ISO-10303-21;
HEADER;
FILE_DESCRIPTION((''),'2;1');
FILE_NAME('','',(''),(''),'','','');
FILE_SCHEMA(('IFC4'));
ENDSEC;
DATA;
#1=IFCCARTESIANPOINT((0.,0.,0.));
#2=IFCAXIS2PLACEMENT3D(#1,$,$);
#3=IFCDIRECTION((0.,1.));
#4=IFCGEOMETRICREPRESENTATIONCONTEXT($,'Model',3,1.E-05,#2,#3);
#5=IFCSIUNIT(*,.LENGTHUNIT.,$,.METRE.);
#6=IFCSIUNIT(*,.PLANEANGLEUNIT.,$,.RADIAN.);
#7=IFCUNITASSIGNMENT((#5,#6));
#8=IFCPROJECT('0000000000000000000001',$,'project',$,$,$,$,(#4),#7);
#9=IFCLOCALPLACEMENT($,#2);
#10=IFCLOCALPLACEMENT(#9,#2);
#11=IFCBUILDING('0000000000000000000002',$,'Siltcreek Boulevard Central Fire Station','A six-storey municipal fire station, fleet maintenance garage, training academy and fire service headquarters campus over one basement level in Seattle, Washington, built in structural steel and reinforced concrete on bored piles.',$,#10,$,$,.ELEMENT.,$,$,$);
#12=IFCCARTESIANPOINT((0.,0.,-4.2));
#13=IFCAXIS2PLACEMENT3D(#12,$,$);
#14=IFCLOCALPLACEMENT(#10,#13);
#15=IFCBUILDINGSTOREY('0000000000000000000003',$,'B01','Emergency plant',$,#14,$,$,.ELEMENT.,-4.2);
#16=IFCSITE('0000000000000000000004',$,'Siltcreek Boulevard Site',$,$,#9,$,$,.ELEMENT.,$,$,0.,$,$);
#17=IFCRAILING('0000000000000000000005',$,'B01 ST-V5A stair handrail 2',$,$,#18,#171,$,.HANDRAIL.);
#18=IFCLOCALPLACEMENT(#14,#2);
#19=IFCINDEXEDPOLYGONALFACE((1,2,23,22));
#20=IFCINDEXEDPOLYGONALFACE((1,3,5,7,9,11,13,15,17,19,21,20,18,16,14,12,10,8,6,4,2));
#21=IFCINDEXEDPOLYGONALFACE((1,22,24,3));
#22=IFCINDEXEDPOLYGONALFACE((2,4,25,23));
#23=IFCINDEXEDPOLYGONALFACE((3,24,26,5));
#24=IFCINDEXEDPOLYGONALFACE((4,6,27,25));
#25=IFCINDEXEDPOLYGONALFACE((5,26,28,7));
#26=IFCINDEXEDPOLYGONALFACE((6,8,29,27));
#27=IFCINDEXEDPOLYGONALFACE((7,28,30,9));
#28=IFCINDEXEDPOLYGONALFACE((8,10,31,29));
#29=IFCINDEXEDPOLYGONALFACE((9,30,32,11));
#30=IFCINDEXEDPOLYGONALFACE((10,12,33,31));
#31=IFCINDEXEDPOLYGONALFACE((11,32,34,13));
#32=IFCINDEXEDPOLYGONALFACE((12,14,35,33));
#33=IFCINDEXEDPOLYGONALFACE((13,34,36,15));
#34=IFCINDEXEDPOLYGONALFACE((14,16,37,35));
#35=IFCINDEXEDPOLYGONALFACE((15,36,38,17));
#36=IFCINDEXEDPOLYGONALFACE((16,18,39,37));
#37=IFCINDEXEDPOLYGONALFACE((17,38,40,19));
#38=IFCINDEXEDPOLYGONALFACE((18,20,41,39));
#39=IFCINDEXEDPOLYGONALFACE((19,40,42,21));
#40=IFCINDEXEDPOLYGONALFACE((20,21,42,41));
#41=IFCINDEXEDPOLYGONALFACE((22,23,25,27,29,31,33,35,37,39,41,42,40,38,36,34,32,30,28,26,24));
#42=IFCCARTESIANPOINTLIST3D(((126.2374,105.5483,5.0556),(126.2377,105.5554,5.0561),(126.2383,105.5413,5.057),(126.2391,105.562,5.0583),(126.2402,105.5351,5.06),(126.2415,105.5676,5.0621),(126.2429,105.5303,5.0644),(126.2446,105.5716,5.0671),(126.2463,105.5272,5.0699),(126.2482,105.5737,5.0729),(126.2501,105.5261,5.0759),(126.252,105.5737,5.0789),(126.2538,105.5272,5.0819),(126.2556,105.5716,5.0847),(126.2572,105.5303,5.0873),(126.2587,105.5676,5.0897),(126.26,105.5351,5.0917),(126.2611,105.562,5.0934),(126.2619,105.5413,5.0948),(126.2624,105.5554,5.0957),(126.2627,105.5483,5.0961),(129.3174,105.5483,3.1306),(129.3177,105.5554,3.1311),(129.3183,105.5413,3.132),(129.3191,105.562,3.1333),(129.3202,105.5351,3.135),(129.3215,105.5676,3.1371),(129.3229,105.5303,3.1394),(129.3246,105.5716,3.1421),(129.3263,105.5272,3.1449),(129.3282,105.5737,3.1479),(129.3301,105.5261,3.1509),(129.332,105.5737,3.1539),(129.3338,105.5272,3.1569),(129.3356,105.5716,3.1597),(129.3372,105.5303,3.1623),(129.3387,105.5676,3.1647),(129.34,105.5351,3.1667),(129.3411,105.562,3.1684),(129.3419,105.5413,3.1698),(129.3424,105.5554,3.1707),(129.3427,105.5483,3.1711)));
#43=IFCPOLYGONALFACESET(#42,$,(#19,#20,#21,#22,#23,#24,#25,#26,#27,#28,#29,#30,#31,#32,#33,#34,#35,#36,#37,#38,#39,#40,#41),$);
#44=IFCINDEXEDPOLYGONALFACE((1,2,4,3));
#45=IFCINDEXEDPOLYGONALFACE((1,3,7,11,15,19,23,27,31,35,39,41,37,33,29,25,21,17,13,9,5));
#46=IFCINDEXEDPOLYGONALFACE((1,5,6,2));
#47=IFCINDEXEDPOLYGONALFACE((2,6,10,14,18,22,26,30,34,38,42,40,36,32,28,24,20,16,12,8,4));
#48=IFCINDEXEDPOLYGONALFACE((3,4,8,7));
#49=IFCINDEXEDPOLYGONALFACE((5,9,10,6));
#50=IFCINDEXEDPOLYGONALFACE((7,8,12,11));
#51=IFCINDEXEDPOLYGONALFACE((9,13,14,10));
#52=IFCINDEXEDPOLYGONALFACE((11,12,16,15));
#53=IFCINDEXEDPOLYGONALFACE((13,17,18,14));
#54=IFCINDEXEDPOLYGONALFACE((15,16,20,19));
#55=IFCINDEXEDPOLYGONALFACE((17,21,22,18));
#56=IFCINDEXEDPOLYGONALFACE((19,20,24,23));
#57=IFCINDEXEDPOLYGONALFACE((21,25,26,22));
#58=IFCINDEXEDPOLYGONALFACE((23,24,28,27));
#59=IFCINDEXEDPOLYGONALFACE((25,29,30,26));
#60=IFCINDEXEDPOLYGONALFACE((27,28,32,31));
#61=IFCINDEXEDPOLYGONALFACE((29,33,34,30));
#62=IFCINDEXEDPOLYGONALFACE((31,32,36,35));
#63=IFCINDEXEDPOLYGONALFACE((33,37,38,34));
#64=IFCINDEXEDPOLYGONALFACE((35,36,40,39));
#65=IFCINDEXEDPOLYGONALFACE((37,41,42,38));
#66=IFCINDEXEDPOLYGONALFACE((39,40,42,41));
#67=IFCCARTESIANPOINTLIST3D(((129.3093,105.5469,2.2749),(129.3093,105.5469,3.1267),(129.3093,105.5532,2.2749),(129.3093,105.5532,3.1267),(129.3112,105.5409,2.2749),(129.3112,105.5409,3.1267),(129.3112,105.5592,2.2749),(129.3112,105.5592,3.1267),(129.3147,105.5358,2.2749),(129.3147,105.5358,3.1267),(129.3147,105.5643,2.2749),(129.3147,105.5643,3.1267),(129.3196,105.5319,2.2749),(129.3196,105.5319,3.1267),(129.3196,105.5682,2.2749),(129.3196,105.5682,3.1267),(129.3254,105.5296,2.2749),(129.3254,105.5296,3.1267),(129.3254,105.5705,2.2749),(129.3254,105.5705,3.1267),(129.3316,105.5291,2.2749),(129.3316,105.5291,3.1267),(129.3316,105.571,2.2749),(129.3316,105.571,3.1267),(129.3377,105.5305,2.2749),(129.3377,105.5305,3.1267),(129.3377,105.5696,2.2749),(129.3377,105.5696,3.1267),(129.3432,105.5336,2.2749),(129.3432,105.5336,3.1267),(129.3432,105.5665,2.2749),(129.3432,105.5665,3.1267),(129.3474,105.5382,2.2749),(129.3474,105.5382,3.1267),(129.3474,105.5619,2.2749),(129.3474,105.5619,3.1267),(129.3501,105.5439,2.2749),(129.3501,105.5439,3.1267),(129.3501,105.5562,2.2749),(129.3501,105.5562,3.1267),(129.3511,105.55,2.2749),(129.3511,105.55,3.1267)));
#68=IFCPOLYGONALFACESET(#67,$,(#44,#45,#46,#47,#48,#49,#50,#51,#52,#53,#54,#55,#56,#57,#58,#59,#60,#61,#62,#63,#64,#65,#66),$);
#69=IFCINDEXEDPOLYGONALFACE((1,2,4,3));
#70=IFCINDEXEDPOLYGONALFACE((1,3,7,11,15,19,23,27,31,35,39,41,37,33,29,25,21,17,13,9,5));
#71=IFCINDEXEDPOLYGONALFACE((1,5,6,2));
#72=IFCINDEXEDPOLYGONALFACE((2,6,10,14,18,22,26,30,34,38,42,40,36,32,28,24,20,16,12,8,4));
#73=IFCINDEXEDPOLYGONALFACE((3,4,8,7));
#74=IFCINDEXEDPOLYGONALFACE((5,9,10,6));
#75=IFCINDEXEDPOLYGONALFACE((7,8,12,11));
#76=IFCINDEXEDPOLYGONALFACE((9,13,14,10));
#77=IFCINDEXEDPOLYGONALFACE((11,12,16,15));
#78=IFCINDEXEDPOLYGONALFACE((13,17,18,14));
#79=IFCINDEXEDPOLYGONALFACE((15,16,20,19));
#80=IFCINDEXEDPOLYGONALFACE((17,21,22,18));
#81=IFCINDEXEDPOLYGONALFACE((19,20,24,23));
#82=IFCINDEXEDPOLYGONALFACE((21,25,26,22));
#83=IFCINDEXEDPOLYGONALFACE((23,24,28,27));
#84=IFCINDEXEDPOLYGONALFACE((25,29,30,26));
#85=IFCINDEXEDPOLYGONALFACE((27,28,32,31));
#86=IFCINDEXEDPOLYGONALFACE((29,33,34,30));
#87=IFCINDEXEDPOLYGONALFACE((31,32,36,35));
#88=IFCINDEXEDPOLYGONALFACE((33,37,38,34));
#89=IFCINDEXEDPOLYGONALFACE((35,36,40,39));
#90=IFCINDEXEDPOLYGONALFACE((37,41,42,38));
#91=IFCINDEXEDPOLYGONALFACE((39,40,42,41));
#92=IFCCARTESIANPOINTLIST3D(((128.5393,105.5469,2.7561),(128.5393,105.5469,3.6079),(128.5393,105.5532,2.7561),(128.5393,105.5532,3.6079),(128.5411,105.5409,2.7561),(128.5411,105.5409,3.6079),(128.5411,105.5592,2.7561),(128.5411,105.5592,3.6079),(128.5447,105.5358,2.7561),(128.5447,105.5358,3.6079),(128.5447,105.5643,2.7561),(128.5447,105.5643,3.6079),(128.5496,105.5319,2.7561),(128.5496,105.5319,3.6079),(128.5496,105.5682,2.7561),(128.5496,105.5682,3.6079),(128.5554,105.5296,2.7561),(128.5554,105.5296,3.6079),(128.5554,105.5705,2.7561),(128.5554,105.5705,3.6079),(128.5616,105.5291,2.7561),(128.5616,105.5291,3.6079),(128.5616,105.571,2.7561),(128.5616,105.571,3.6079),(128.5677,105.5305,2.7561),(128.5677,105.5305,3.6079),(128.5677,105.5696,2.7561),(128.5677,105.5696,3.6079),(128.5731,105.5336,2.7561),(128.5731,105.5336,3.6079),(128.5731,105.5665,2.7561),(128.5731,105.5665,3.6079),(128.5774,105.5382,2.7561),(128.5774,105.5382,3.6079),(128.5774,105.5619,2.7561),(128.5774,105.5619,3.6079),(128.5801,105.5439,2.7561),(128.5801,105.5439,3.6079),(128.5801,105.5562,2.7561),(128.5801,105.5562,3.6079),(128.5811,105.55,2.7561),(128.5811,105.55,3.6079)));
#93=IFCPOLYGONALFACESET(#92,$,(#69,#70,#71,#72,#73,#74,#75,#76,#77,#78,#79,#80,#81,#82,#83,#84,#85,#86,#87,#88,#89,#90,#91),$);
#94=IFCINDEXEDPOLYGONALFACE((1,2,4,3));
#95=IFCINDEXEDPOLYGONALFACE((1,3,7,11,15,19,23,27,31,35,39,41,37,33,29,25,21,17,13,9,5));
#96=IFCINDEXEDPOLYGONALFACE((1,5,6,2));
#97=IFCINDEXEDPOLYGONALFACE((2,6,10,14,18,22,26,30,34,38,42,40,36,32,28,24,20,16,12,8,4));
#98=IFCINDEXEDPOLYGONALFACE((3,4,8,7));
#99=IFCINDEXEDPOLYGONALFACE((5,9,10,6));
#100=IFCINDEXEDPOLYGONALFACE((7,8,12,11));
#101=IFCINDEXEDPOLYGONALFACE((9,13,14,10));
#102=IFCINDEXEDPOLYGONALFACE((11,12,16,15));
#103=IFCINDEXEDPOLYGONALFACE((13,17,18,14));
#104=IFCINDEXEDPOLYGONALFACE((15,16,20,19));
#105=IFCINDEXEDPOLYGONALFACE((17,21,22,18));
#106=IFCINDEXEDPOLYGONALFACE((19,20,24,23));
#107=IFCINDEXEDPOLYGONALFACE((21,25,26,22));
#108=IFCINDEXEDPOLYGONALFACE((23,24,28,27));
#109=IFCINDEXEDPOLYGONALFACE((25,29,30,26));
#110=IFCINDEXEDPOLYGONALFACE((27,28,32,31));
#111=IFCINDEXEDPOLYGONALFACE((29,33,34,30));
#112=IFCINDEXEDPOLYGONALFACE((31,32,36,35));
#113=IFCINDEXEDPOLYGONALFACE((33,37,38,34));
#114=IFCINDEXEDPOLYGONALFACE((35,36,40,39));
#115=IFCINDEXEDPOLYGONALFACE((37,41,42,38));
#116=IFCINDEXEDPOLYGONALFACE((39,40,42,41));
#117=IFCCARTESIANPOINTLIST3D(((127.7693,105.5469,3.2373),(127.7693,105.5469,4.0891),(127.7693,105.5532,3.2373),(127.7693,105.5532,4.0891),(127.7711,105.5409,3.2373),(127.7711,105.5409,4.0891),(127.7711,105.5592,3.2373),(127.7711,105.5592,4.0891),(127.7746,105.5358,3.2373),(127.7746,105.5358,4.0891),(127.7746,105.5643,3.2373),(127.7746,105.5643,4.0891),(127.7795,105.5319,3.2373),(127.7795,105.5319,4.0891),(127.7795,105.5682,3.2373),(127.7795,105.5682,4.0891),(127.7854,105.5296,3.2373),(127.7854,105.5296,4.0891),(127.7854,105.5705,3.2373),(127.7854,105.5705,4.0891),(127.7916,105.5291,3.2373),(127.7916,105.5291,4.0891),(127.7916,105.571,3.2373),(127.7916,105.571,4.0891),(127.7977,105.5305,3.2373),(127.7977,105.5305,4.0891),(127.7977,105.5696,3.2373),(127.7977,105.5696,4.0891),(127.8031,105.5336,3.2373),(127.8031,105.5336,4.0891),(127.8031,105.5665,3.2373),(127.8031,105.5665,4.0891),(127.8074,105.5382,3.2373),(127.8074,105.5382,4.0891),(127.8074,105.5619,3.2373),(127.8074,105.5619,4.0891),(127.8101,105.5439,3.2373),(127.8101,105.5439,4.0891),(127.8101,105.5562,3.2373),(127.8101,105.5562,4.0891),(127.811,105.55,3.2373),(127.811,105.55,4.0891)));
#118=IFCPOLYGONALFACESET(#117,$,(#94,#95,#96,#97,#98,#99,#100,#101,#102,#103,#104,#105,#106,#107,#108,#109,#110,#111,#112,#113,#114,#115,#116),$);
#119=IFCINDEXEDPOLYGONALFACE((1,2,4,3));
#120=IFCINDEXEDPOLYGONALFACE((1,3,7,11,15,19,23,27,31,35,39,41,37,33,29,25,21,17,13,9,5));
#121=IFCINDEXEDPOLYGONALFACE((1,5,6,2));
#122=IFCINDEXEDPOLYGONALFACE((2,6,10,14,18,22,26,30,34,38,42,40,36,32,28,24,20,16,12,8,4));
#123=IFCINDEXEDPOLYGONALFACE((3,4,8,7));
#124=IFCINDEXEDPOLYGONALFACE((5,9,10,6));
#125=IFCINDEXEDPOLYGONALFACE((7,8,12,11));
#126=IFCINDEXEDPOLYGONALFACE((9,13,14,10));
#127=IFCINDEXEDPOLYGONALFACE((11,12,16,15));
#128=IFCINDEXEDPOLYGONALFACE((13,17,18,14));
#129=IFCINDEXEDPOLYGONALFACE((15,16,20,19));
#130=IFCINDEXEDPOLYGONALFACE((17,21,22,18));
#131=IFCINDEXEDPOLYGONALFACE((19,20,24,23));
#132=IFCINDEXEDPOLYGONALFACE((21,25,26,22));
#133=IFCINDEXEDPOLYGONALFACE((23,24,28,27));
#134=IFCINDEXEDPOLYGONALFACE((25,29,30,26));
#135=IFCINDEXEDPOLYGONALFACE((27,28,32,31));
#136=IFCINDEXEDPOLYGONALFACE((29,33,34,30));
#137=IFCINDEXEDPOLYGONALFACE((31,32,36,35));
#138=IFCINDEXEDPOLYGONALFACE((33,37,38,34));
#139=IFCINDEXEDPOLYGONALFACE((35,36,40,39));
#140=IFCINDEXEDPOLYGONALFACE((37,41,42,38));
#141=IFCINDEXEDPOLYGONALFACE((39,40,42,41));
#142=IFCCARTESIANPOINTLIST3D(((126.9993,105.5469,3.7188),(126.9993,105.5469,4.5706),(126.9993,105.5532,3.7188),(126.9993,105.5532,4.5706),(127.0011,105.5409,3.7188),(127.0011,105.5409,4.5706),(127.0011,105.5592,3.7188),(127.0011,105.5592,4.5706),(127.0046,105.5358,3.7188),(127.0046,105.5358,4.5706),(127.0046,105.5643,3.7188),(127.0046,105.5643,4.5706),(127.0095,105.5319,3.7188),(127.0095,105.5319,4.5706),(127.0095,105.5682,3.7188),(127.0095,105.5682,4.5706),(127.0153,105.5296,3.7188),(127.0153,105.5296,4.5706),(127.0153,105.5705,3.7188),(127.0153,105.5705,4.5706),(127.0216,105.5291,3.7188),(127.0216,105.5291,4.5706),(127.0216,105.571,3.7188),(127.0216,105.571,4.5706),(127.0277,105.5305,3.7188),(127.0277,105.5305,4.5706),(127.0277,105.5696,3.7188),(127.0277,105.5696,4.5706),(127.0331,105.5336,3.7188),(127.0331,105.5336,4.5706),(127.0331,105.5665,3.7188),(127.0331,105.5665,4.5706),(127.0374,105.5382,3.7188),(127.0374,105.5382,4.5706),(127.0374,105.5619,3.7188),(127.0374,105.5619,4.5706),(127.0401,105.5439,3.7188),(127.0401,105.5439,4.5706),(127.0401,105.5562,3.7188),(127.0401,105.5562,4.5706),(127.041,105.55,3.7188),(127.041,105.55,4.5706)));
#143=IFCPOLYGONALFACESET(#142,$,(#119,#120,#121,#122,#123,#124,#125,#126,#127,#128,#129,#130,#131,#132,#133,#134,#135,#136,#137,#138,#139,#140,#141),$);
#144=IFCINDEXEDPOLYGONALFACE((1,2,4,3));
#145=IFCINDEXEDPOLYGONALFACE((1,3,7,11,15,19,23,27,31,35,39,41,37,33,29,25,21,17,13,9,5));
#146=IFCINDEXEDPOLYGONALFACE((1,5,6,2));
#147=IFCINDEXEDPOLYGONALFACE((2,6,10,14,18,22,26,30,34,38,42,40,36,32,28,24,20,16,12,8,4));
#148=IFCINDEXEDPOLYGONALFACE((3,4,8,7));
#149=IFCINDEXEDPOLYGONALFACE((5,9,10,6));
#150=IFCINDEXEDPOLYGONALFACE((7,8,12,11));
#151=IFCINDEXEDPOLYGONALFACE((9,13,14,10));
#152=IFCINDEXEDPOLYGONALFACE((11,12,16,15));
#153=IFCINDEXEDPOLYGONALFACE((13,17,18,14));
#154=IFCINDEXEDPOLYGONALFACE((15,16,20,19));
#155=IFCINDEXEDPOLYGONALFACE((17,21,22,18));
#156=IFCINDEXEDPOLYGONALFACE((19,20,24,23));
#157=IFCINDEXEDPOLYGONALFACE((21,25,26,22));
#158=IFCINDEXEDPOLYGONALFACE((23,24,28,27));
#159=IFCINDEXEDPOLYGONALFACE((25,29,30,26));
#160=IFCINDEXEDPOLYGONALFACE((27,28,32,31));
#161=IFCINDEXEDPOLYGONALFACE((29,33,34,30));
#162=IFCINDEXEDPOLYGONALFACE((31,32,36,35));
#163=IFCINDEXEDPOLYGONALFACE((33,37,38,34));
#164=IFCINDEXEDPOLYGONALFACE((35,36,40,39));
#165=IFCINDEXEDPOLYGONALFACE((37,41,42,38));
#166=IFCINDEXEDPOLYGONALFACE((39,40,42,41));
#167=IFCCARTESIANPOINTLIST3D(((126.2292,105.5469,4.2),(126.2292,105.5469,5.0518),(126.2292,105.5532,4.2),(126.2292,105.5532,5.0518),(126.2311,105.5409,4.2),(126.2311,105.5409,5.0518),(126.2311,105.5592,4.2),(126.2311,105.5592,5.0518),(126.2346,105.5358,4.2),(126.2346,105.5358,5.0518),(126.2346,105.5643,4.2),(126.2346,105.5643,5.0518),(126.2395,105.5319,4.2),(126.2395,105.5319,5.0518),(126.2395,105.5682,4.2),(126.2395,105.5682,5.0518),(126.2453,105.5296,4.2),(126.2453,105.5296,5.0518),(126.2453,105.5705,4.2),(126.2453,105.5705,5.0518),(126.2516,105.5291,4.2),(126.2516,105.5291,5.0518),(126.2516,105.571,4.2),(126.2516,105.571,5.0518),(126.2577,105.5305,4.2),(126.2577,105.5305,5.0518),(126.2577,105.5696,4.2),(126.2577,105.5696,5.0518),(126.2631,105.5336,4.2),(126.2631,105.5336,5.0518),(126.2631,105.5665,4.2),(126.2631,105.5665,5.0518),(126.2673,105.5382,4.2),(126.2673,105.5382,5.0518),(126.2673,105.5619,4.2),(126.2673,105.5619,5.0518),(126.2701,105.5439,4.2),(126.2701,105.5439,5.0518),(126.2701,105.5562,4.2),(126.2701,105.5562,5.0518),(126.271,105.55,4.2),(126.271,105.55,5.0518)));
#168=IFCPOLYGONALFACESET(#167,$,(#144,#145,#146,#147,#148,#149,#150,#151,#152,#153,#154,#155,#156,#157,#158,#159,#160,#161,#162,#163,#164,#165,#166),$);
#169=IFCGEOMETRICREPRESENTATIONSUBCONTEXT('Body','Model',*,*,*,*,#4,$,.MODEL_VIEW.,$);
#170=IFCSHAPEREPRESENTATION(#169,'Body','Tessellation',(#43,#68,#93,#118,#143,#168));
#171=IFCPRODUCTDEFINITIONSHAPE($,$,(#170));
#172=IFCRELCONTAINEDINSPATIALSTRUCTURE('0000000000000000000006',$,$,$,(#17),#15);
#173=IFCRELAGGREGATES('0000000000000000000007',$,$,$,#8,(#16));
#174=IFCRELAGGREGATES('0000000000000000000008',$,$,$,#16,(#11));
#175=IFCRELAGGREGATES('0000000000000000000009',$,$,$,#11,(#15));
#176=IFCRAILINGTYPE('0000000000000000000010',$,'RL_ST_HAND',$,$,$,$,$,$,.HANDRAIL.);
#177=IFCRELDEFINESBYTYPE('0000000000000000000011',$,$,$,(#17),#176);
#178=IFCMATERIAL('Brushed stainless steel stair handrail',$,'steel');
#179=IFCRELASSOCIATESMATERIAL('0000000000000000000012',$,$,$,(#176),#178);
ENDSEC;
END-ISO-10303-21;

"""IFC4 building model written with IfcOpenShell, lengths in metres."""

from ifc_helpers import new_model, si_unit, direction, frame, origin, origin_2d, place, context, subcontext, project, spatial, circle, extrude, material, type_object, element, save


model = new_model("IFC4")

# Units and contexts
model_context = context("Model", 3, precision=1e-05, world=origin(), true_north=direction((0.0, 1.0)))
body_context = subcontext(model_context, "Body", "Model", "MODEL_VIEW")
ifc_project = project(units=[si_unit("LENGTHUNIT", "METRE"), si_unit("PLANEANGLEUNIT", "RADIAN")], contexts=[model_context])

# Site, building, storey
site_placement = place(None, origin())
site = spatial("IfcSite", under=ifc_project, at=site_placement, Name="Siltcreek Boulevard Site", CompositionType="ELEMENT", RefElevation=0.0)
building_placement = place(site_placement, origin())
building = spatial("IfcBuilding", under=site, at=building_placement, Name="Siltcreek Boulevard Central Fire Station", Description="A six-storey municipal fire station, fleet maintenance garage, training academy and fire service headquarters campus over one basement level in Seattle, Washington, built in structural steel and reinforced concrete on bored piles.", CompositionType="ELEMENT")
storey_placement = place(building_placement, frame((0.0, 0.0, -4.2)))
storey = spatial("IfcBuildingStorey", under=building, at=storey_placement, Name="B01", Description="Emergency plant", CompositionType="ELEMENT", Elevation=-4.2)

# Railing
ifc_material_1 = material(Name="Brushed stainless steel stair handrail", Category="steel")
railing_type_1 = type_object("IfcRailingType", Name="RL_ST_HAND", PredefinedType="HANDRAIL", material=ifc_material_1)
railing_1_placement = place(storey_placement, frame((129.3301, 105.55, 2.2749)))
element("IfcRailing", 1, at=railing_1_placement, inside=storey, type_object=railing_type_1, Name="B01 ST-V5A stair handrail 2", PredefinedType="HANDRAIL", context=body_context, shape_type="SweptSolid", body=[
    extrude(circle(Radius=0.0239, at=origin_2d()), frame((0.0, 0.0, 0.876), z_axis=(-0.847998, 0.0, 0.529999), x_axis=(0.0, -1.0, 0.0)), (0.0, 0.0, 1.0), 3.6321),
    extrude(circle(Radius=0.021, at=origin_2d()), origin(), (0.0, 0.0, 1.0), 0.8518),
    extrude(circle(Radius=0.021, at=origin_2d()), frame((-0.77, 0.0, 0.4812)), (0.0, 0.0, 1.0), 0.8518),
    extrude(circle(Radius=0.021, at=origin_2d()), frame((-1.54, 0.0, 0.9624)), (0.0, 0.0, 1.0), 0.8518),
    extrude(circle(Radius=0.021, at=origin_2d()), frame((-2.3101, 0.0, 1.4438)), (0.0, 0.0, 1.0), 0.8518),
    extrude(circle(Radius=0.021, at=origin_2d()), frame((-3.0801, 0.0, 1.925)), (0.0, 0.0, 1.0), 0.8518),
])

save(model, "model.ifc")
